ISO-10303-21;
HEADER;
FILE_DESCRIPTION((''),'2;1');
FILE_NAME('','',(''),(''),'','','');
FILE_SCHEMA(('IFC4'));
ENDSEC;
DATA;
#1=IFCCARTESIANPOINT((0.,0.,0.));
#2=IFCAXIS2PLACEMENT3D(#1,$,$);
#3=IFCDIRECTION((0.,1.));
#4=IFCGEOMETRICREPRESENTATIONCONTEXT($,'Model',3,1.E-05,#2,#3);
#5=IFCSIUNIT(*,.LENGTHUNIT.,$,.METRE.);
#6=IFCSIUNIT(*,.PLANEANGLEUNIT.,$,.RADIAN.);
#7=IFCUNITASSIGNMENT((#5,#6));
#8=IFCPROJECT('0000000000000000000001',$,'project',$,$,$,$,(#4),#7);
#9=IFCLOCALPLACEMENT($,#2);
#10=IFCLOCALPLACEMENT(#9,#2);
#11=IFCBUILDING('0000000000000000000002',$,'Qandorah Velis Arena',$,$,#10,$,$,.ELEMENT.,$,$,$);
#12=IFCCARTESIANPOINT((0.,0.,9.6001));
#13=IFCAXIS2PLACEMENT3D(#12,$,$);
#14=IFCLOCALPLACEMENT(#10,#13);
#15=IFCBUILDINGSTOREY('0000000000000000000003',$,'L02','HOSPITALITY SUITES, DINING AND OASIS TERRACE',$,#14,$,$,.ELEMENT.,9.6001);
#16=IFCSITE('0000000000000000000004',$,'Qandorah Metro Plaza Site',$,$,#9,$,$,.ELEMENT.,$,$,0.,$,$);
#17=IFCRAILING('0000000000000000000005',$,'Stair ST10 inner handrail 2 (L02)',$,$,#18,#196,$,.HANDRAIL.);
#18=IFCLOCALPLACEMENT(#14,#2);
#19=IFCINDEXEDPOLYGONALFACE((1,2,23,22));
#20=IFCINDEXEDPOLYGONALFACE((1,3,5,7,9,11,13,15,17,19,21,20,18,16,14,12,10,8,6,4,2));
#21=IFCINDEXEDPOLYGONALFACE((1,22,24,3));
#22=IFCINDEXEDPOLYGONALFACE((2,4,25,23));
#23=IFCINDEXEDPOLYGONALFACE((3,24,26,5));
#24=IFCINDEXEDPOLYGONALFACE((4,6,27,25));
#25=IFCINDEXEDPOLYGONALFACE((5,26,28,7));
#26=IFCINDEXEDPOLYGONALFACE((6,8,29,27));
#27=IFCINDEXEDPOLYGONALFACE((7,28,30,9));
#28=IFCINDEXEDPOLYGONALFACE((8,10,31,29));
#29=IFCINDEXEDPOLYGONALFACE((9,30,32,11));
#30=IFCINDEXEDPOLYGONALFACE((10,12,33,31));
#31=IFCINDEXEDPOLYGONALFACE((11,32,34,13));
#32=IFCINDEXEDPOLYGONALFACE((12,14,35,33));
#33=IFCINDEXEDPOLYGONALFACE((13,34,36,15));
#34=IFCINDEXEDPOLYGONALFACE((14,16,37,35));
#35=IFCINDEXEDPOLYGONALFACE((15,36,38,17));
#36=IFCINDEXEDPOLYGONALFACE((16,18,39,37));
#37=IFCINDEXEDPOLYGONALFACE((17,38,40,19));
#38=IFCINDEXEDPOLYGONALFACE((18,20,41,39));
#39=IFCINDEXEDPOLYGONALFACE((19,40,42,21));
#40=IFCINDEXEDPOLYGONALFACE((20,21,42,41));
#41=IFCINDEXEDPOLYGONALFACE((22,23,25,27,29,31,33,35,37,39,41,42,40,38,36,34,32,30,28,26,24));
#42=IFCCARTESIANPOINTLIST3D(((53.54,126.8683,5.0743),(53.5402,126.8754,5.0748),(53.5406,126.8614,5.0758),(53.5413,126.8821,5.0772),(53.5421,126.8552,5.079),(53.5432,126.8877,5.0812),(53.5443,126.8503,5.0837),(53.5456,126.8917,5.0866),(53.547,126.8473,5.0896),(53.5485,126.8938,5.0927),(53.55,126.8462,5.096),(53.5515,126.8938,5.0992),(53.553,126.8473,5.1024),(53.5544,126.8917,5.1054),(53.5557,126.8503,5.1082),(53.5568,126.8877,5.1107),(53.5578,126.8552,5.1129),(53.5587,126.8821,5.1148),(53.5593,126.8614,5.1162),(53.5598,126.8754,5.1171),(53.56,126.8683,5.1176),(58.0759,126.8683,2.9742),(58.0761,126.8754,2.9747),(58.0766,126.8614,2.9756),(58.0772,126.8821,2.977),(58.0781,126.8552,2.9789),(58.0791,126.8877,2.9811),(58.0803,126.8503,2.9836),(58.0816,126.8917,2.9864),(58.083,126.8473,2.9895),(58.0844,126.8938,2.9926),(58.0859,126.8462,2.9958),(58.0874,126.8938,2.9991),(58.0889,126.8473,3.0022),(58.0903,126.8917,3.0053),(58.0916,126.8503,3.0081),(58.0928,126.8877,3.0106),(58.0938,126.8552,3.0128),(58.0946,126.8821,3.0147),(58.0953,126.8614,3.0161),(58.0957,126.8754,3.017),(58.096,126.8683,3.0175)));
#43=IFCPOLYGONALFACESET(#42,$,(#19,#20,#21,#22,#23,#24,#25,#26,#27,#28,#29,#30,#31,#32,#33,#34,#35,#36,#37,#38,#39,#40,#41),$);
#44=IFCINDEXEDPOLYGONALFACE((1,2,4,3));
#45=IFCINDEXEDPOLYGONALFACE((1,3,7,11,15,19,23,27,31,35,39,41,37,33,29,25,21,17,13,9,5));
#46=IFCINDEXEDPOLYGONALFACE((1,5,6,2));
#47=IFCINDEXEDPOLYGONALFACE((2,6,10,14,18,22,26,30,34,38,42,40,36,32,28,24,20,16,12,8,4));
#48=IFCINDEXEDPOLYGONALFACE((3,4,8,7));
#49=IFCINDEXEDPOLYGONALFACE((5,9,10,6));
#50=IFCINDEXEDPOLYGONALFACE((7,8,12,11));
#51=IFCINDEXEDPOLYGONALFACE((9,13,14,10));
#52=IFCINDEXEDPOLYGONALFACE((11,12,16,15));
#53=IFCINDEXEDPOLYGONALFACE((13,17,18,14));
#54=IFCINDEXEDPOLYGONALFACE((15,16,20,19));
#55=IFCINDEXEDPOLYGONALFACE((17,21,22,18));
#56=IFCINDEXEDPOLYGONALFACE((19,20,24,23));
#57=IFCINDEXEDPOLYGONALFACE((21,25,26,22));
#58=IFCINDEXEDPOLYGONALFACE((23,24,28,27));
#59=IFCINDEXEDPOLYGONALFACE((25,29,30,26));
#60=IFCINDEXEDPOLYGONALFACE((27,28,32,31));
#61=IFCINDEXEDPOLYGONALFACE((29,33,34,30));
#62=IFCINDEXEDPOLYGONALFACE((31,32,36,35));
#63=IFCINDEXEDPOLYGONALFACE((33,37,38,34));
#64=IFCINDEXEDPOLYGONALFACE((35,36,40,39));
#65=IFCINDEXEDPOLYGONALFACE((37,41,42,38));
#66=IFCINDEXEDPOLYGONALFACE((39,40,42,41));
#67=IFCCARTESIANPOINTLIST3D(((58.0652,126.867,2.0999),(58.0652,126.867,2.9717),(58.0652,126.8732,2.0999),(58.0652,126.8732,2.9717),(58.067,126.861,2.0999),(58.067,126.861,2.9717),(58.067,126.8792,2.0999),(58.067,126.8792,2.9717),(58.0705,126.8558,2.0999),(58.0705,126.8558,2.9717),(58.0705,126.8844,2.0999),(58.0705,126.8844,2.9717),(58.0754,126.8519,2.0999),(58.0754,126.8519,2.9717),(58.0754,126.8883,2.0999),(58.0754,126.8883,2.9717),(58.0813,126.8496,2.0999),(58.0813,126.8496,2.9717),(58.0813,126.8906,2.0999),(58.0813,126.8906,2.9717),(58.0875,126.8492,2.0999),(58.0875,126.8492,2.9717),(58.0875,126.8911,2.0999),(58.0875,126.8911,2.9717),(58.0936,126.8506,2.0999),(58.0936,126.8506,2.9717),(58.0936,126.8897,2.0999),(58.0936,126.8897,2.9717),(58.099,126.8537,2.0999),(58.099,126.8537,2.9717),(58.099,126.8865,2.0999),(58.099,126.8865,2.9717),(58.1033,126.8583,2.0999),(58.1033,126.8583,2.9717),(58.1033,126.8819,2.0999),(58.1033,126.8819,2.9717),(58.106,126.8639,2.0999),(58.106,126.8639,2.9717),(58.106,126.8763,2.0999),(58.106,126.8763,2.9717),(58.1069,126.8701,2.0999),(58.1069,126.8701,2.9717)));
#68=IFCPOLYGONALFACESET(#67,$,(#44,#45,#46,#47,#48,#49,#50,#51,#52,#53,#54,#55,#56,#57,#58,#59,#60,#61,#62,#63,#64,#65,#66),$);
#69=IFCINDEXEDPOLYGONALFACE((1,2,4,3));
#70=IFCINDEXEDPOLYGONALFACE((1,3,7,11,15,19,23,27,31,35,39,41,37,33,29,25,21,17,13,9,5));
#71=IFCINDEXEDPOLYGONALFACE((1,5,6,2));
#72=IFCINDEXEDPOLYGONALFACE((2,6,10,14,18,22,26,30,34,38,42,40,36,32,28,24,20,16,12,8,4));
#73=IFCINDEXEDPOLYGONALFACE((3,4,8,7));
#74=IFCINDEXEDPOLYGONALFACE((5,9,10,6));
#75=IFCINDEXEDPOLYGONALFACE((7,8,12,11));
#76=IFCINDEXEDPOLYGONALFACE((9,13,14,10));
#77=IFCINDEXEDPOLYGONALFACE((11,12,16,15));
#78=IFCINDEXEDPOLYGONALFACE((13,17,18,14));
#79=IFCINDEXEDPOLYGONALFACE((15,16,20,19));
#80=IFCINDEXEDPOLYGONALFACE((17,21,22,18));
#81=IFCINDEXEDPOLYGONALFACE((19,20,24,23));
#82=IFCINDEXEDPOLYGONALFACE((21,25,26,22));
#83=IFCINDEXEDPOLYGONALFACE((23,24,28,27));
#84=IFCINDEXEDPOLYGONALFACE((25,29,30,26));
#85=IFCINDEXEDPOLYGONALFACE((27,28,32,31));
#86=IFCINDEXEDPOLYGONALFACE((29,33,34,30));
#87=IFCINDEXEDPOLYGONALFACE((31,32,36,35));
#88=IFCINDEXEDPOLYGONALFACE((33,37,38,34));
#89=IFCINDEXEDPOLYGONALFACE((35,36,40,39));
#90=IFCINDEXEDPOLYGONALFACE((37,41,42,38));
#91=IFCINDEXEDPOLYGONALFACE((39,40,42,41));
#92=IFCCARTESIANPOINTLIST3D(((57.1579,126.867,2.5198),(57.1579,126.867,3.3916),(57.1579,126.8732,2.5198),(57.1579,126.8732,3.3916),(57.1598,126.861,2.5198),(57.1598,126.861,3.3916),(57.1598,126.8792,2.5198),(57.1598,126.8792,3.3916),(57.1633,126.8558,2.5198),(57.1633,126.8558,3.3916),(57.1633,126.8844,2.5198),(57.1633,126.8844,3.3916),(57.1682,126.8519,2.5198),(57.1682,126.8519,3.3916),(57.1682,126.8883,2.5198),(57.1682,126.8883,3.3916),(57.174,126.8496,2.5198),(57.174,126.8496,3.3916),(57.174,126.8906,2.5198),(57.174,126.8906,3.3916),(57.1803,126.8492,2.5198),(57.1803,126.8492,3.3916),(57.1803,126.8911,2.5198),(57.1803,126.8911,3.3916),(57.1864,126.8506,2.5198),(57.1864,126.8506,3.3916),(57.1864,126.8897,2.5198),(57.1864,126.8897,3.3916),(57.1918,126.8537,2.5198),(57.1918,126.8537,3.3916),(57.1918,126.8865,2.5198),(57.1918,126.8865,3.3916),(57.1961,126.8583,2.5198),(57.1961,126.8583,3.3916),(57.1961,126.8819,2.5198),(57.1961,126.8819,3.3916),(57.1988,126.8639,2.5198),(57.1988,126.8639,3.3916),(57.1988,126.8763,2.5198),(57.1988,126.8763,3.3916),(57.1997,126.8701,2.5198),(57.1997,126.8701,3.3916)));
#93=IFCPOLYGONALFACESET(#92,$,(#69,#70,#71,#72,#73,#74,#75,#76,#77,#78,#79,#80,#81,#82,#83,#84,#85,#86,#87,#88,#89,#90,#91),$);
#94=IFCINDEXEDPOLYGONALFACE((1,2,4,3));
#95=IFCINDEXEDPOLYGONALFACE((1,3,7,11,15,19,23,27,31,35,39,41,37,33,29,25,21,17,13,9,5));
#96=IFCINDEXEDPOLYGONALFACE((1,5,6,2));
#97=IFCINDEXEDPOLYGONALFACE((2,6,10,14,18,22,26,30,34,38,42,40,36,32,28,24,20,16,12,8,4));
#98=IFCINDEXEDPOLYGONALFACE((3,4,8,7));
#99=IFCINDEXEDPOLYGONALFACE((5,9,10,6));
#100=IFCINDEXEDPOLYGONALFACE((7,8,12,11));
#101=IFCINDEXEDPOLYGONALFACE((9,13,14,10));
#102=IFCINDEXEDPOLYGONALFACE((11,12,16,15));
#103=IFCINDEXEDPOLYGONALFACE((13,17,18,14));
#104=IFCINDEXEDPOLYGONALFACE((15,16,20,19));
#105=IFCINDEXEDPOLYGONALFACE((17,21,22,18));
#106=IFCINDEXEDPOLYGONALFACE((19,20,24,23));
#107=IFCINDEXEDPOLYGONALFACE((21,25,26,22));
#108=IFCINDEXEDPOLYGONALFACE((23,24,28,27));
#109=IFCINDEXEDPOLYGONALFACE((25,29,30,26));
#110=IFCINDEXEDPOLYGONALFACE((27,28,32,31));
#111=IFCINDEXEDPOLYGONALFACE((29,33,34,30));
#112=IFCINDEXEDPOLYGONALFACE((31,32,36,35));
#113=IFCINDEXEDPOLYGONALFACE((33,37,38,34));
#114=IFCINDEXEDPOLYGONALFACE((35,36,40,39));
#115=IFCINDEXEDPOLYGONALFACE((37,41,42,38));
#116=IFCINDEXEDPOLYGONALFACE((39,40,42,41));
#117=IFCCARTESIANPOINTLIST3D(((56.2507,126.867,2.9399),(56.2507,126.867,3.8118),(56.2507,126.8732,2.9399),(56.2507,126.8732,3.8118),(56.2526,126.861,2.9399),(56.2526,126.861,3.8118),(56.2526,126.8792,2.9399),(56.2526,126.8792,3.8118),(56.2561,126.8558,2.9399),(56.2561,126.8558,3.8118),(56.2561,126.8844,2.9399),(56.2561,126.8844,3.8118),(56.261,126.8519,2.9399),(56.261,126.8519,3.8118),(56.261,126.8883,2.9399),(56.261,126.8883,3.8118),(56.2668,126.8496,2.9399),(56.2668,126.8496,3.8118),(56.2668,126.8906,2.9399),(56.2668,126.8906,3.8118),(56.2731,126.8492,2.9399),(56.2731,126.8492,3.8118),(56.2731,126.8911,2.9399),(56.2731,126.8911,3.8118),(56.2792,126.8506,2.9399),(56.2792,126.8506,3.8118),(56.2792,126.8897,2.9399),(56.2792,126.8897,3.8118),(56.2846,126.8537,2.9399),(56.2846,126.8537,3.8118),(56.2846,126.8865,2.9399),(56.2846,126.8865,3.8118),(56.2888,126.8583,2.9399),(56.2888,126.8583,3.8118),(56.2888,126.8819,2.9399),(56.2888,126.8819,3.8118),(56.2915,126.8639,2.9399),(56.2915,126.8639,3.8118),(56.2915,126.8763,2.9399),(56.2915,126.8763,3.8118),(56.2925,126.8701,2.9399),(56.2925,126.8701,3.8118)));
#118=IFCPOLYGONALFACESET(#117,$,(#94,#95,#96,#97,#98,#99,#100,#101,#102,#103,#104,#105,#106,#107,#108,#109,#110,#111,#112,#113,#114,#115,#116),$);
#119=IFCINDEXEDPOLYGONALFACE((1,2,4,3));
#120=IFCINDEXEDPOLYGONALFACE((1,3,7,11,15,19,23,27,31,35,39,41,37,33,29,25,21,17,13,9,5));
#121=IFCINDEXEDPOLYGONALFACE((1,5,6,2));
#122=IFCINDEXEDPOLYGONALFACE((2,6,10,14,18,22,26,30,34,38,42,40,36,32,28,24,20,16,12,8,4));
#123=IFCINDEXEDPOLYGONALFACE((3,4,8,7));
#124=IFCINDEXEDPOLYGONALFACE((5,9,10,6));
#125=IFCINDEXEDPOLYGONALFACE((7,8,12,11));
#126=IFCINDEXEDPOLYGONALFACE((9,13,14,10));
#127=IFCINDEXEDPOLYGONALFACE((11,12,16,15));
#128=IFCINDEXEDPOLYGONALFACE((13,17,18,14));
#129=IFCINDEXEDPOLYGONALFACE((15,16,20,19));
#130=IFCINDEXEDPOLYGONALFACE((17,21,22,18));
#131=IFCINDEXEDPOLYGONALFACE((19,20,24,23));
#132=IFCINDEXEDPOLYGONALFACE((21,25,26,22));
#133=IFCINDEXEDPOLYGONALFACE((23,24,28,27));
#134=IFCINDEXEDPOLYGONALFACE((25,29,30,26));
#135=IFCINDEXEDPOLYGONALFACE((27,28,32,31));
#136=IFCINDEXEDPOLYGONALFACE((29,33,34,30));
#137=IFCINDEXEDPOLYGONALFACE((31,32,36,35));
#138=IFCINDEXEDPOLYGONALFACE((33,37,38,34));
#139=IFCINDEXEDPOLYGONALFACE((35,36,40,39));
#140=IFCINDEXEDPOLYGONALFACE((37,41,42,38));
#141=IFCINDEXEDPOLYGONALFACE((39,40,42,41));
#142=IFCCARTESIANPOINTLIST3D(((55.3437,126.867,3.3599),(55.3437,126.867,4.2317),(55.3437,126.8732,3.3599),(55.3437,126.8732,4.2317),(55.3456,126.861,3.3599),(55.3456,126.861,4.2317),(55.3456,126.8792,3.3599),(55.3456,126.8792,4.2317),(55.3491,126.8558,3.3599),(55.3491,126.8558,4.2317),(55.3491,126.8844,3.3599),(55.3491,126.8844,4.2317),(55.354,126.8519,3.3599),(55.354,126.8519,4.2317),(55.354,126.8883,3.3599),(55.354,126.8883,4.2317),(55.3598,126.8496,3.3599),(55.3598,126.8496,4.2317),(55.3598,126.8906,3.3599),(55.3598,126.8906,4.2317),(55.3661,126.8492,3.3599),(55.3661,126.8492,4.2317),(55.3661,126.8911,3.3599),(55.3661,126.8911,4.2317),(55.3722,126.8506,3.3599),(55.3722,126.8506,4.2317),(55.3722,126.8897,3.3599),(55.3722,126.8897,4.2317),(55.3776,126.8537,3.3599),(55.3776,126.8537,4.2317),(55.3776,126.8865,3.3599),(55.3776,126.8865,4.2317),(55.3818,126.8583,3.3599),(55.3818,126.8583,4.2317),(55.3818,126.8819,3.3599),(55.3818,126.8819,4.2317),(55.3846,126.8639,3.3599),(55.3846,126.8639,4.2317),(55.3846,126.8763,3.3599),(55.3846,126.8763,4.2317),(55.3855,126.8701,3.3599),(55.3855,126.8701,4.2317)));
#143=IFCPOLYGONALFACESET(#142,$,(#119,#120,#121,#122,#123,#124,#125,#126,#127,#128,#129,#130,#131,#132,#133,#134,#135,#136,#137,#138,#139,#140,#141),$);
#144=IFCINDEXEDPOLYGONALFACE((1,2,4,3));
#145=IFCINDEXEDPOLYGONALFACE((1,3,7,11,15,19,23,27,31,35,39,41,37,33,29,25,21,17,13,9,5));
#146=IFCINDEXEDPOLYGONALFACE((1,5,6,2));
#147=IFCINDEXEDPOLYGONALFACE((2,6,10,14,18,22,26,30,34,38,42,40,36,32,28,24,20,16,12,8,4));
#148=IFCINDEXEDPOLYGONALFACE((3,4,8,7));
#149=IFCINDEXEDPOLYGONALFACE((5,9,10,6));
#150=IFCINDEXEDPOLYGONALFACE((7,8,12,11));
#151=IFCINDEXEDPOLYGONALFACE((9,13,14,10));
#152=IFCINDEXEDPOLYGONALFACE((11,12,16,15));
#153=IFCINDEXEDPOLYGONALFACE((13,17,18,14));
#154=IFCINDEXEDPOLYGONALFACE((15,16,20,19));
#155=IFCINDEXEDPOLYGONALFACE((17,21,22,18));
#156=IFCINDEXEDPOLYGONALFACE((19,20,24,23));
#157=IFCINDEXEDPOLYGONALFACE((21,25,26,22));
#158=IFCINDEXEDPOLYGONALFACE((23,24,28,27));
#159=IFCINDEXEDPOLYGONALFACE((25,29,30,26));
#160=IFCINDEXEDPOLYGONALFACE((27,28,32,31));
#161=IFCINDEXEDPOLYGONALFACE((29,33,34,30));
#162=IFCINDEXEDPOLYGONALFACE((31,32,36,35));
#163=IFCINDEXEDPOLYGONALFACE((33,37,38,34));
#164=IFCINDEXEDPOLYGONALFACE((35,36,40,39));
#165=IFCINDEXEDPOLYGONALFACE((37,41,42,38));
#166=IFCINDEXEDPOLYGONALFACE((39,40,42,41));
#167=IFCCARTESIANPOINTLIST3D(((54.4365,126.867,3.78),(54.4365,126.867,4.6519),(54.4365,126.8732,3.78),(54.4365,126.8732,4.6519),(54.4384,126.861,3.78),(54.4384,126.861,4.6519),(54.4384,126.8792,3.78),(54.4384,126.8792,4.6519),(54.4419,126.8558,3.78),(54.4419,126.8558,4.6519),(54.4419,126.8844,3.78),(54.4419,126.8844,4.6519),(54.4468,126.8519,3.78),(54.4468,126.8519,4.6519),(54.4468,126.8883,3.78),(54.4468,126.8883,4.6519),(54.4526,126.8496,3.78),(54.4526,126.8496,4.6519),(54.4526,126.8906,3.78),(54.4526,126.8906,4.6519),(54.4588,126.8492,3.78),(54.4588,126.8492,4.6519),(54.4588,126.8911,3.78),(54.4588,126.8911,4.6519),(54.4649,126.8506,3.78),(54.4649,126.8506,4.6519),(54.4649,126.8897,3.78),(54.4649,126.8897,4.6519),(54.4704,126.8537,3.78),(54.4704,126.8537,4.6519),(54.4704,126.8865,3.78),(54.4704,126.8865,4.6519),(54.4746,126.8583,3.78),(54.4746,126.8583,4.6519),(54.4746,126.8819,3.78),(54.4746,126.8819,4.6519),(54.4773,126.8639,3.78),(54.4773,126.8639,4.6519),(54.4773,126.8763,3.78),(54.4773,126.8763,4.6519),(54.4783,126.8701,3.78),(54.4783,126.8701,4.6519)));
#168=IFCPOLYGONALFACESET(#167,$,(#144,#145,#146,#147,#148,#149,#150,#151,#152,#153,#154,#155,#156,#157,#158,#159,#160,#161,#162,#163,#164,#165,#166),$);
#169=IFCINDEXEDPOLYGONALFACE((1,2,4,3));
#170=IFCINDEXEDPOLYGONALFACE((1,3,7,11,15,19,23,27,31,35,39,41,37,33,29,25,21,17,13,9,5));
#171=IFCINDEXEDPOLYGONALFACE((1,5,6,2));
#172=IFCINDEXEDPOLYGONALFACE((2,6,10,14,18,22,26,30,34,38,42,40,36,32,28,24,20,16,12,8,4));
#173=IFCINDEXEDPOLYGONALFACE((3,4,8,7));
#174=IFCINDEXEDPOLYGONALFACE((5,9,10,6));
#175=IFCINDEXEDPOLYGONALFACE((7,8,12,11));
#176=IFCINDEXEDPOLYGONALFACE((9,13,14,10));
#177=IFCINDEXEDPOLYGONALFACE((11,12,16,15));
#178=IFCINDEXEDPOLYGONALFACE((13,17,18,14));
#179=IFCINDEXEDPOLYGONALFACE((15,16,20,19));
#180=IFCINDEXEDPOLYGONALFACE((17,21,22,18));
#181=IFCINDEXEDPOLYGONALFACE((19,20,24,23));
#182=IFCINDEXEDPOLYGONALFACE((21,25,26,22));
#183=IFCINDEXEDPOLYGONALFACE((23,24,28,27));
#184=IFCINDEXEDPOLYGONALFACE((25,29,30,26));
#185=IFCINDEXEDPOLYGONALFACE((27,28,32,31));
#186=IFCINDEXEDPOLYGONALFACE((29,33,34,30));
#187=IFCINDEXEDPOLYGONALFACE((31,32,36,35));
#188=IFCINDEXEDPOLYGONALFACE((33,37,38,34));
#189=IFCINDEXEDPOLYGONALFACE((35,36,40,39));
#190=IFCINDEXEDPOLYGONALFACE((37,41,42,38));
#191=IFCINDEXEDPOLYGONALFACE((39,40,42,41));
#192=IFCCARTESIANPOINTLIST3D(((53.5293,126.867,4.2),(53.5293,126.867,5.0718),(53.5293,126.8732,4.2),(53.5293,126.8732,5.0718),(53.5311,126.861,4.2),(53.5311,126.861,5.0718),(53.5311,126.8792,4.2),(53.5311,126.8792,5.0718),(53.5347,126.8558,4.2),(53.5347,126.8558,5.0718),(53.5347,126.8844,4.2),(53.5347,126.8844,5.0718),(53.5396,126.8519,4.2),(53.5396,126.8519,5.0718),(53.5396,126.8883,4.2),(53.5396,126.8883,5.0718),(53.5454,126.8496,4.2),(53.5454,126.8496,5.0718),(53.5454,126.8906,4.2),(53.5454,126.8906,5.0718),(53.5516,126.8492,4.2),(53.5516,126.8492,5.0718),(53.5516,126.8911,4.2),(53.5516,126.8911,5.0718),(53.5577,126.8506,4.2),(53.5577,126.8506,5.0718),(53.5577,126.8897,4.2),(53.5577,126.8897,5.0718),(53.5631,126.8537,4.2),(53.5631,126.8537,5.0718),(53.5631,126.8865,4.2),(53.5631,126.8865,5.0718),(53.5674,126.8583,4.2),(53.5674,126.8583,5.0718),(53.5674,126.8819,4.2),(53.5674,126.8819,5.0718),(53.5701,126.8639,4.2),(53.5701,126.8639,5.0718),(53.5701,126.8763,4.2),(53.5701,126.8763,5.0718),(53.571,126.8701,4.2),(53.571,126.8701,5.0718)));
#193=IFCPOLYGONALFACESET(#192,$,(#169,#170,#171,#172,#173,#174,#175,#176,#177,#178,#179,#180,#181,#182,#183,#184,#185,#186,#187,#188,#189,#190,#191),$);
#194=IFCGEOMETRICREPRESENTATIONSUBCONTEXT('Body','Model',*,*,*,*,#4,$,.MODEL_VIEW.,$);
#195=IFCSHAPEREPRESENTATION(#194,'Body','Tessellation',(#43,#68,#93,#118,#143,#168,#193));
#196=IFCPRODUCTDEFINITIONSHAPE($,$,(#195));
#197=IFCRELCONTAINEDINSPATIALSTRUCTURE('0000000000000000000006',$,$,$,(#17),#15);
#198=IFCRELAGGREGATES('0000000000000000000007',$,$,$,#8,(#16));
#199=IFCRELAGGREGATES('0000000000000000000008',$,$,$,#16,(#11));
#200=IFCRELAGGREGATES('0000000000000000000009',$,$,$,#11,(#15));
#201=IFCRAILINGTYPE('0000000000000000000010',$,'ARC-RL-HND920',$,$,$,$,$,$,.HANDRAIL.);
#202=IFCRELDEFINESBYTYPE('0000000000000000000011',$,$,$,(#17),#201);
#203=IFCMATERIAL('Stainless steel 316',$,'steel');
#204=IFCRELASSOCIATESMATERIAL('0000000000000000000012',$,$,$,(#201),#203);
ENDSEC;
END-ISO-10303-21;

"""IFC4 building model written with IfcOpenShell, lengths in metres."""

from ifc_helpers import new_model, si_unit, direction, frame, origin, origin_2d, place, context, subcontext, project, spatial, circle, extrude, material, type_object, element, save


model = new_model("IFC4")

# Units and contexts
model_context = context("Model", 3, precision=1e-05, world=origin(), true_north=direction((0.0, 1.0)))
body_context = subcontext(model_context, "Body", "Model", "MODEL_VIEW")
ifc_project = project(units=[si_unit("LENGTHUNIT", "METRE"), si_unit("PLANEANGLEUNIT", "RADIAN")], contexts=[model_context])

# Site, building, storey
site_placement = place(None, origin())
site = spatial("IfcSite", under=ifc_project, at=site_placement, Name="Qandorah Metro Plaza Site", CompositionType="ELEMENT", RefElevation=0.0)
building_placement = place(site_placement, origin())
building = spatial("IfcBuilding", under=site, at=building_placement, Name="Qandorah Velis Arena", CompositionType="ELEMENT")
storey_placement = place(building_placement, frame((0.0, 0.0, 9.6001)))
storey = spatial("IfcBuildingStorey", under=building, at=storey_placement, Name="L02", Description="HOSPITALITY SUITES, DINING AND OASIS TERRACE", CompositionType="ELEMENT", Elevation=9.6001)

# Railing
ifc_material_1 = material(Name="Stainless steel 316", Category="steel")
railing_type_1 = type_object("IfcRailingType", Name="ARC-RL-HND920", PredefinedType="HANDRAIL", material=ifc_material_1)
railing_1_placement = place(storey_placement, frame((58.0859, 126.8701, 2.0999)))
element("IfcRailing", 1, at=railing_1_placement, inside=storey, type_object=railing_type_1, Name="Stair ST10 inner handrail 2 (L02)", PredefinedType="HANDRAIL", context=body_context, shape_type="SweptSolid", body=[
    extrude(circle(Radius=0.0239, at=origin_2d()), frame((0.0, 0.0, 0.896), z_axis=(-0.907456, 0.0, 0.420148), x_axis=(0.0, -1.0, 0.0)), (0.0, 0.0, 1.0), 4.9985),
    extrude(circle(Radius=0.021, at=origin_2d()), origin(), (0.0, 0.0, 1.0), 0.8718),
    extrude(circle(Radius=0.021, at=origin_2d()), frame((-0.9072, 0.0, 0.4199)), (0.0, 0.0, 1.0), 0.8718),
    extrude(circle(Radius=0.021, at=origin_2d()), frame((-1.8145, 0.0, 0.8401)), (0.0, 0.0, 1.0), 0.8718),
    extrude(circle(Radius=0.021, at=origin_2d()), frame((-2.7214, 0.0, 1.26)), (0.0, 0.0, 1.0), 0.8718),
    extrude(circle(Radius=0.021, at=origin_2d()), frame((-3.6287, 0.0, 1.6802)), (0.0, 0.0, 1.0), 0.8718),
    extrude(circle(Radius=0.021, at=origin_2d()), frame((-4.5359, 0.0, 2.1001)), (0.0, 0.0, 1.0), 0.8718),
])

save(model, "model.ifc")
